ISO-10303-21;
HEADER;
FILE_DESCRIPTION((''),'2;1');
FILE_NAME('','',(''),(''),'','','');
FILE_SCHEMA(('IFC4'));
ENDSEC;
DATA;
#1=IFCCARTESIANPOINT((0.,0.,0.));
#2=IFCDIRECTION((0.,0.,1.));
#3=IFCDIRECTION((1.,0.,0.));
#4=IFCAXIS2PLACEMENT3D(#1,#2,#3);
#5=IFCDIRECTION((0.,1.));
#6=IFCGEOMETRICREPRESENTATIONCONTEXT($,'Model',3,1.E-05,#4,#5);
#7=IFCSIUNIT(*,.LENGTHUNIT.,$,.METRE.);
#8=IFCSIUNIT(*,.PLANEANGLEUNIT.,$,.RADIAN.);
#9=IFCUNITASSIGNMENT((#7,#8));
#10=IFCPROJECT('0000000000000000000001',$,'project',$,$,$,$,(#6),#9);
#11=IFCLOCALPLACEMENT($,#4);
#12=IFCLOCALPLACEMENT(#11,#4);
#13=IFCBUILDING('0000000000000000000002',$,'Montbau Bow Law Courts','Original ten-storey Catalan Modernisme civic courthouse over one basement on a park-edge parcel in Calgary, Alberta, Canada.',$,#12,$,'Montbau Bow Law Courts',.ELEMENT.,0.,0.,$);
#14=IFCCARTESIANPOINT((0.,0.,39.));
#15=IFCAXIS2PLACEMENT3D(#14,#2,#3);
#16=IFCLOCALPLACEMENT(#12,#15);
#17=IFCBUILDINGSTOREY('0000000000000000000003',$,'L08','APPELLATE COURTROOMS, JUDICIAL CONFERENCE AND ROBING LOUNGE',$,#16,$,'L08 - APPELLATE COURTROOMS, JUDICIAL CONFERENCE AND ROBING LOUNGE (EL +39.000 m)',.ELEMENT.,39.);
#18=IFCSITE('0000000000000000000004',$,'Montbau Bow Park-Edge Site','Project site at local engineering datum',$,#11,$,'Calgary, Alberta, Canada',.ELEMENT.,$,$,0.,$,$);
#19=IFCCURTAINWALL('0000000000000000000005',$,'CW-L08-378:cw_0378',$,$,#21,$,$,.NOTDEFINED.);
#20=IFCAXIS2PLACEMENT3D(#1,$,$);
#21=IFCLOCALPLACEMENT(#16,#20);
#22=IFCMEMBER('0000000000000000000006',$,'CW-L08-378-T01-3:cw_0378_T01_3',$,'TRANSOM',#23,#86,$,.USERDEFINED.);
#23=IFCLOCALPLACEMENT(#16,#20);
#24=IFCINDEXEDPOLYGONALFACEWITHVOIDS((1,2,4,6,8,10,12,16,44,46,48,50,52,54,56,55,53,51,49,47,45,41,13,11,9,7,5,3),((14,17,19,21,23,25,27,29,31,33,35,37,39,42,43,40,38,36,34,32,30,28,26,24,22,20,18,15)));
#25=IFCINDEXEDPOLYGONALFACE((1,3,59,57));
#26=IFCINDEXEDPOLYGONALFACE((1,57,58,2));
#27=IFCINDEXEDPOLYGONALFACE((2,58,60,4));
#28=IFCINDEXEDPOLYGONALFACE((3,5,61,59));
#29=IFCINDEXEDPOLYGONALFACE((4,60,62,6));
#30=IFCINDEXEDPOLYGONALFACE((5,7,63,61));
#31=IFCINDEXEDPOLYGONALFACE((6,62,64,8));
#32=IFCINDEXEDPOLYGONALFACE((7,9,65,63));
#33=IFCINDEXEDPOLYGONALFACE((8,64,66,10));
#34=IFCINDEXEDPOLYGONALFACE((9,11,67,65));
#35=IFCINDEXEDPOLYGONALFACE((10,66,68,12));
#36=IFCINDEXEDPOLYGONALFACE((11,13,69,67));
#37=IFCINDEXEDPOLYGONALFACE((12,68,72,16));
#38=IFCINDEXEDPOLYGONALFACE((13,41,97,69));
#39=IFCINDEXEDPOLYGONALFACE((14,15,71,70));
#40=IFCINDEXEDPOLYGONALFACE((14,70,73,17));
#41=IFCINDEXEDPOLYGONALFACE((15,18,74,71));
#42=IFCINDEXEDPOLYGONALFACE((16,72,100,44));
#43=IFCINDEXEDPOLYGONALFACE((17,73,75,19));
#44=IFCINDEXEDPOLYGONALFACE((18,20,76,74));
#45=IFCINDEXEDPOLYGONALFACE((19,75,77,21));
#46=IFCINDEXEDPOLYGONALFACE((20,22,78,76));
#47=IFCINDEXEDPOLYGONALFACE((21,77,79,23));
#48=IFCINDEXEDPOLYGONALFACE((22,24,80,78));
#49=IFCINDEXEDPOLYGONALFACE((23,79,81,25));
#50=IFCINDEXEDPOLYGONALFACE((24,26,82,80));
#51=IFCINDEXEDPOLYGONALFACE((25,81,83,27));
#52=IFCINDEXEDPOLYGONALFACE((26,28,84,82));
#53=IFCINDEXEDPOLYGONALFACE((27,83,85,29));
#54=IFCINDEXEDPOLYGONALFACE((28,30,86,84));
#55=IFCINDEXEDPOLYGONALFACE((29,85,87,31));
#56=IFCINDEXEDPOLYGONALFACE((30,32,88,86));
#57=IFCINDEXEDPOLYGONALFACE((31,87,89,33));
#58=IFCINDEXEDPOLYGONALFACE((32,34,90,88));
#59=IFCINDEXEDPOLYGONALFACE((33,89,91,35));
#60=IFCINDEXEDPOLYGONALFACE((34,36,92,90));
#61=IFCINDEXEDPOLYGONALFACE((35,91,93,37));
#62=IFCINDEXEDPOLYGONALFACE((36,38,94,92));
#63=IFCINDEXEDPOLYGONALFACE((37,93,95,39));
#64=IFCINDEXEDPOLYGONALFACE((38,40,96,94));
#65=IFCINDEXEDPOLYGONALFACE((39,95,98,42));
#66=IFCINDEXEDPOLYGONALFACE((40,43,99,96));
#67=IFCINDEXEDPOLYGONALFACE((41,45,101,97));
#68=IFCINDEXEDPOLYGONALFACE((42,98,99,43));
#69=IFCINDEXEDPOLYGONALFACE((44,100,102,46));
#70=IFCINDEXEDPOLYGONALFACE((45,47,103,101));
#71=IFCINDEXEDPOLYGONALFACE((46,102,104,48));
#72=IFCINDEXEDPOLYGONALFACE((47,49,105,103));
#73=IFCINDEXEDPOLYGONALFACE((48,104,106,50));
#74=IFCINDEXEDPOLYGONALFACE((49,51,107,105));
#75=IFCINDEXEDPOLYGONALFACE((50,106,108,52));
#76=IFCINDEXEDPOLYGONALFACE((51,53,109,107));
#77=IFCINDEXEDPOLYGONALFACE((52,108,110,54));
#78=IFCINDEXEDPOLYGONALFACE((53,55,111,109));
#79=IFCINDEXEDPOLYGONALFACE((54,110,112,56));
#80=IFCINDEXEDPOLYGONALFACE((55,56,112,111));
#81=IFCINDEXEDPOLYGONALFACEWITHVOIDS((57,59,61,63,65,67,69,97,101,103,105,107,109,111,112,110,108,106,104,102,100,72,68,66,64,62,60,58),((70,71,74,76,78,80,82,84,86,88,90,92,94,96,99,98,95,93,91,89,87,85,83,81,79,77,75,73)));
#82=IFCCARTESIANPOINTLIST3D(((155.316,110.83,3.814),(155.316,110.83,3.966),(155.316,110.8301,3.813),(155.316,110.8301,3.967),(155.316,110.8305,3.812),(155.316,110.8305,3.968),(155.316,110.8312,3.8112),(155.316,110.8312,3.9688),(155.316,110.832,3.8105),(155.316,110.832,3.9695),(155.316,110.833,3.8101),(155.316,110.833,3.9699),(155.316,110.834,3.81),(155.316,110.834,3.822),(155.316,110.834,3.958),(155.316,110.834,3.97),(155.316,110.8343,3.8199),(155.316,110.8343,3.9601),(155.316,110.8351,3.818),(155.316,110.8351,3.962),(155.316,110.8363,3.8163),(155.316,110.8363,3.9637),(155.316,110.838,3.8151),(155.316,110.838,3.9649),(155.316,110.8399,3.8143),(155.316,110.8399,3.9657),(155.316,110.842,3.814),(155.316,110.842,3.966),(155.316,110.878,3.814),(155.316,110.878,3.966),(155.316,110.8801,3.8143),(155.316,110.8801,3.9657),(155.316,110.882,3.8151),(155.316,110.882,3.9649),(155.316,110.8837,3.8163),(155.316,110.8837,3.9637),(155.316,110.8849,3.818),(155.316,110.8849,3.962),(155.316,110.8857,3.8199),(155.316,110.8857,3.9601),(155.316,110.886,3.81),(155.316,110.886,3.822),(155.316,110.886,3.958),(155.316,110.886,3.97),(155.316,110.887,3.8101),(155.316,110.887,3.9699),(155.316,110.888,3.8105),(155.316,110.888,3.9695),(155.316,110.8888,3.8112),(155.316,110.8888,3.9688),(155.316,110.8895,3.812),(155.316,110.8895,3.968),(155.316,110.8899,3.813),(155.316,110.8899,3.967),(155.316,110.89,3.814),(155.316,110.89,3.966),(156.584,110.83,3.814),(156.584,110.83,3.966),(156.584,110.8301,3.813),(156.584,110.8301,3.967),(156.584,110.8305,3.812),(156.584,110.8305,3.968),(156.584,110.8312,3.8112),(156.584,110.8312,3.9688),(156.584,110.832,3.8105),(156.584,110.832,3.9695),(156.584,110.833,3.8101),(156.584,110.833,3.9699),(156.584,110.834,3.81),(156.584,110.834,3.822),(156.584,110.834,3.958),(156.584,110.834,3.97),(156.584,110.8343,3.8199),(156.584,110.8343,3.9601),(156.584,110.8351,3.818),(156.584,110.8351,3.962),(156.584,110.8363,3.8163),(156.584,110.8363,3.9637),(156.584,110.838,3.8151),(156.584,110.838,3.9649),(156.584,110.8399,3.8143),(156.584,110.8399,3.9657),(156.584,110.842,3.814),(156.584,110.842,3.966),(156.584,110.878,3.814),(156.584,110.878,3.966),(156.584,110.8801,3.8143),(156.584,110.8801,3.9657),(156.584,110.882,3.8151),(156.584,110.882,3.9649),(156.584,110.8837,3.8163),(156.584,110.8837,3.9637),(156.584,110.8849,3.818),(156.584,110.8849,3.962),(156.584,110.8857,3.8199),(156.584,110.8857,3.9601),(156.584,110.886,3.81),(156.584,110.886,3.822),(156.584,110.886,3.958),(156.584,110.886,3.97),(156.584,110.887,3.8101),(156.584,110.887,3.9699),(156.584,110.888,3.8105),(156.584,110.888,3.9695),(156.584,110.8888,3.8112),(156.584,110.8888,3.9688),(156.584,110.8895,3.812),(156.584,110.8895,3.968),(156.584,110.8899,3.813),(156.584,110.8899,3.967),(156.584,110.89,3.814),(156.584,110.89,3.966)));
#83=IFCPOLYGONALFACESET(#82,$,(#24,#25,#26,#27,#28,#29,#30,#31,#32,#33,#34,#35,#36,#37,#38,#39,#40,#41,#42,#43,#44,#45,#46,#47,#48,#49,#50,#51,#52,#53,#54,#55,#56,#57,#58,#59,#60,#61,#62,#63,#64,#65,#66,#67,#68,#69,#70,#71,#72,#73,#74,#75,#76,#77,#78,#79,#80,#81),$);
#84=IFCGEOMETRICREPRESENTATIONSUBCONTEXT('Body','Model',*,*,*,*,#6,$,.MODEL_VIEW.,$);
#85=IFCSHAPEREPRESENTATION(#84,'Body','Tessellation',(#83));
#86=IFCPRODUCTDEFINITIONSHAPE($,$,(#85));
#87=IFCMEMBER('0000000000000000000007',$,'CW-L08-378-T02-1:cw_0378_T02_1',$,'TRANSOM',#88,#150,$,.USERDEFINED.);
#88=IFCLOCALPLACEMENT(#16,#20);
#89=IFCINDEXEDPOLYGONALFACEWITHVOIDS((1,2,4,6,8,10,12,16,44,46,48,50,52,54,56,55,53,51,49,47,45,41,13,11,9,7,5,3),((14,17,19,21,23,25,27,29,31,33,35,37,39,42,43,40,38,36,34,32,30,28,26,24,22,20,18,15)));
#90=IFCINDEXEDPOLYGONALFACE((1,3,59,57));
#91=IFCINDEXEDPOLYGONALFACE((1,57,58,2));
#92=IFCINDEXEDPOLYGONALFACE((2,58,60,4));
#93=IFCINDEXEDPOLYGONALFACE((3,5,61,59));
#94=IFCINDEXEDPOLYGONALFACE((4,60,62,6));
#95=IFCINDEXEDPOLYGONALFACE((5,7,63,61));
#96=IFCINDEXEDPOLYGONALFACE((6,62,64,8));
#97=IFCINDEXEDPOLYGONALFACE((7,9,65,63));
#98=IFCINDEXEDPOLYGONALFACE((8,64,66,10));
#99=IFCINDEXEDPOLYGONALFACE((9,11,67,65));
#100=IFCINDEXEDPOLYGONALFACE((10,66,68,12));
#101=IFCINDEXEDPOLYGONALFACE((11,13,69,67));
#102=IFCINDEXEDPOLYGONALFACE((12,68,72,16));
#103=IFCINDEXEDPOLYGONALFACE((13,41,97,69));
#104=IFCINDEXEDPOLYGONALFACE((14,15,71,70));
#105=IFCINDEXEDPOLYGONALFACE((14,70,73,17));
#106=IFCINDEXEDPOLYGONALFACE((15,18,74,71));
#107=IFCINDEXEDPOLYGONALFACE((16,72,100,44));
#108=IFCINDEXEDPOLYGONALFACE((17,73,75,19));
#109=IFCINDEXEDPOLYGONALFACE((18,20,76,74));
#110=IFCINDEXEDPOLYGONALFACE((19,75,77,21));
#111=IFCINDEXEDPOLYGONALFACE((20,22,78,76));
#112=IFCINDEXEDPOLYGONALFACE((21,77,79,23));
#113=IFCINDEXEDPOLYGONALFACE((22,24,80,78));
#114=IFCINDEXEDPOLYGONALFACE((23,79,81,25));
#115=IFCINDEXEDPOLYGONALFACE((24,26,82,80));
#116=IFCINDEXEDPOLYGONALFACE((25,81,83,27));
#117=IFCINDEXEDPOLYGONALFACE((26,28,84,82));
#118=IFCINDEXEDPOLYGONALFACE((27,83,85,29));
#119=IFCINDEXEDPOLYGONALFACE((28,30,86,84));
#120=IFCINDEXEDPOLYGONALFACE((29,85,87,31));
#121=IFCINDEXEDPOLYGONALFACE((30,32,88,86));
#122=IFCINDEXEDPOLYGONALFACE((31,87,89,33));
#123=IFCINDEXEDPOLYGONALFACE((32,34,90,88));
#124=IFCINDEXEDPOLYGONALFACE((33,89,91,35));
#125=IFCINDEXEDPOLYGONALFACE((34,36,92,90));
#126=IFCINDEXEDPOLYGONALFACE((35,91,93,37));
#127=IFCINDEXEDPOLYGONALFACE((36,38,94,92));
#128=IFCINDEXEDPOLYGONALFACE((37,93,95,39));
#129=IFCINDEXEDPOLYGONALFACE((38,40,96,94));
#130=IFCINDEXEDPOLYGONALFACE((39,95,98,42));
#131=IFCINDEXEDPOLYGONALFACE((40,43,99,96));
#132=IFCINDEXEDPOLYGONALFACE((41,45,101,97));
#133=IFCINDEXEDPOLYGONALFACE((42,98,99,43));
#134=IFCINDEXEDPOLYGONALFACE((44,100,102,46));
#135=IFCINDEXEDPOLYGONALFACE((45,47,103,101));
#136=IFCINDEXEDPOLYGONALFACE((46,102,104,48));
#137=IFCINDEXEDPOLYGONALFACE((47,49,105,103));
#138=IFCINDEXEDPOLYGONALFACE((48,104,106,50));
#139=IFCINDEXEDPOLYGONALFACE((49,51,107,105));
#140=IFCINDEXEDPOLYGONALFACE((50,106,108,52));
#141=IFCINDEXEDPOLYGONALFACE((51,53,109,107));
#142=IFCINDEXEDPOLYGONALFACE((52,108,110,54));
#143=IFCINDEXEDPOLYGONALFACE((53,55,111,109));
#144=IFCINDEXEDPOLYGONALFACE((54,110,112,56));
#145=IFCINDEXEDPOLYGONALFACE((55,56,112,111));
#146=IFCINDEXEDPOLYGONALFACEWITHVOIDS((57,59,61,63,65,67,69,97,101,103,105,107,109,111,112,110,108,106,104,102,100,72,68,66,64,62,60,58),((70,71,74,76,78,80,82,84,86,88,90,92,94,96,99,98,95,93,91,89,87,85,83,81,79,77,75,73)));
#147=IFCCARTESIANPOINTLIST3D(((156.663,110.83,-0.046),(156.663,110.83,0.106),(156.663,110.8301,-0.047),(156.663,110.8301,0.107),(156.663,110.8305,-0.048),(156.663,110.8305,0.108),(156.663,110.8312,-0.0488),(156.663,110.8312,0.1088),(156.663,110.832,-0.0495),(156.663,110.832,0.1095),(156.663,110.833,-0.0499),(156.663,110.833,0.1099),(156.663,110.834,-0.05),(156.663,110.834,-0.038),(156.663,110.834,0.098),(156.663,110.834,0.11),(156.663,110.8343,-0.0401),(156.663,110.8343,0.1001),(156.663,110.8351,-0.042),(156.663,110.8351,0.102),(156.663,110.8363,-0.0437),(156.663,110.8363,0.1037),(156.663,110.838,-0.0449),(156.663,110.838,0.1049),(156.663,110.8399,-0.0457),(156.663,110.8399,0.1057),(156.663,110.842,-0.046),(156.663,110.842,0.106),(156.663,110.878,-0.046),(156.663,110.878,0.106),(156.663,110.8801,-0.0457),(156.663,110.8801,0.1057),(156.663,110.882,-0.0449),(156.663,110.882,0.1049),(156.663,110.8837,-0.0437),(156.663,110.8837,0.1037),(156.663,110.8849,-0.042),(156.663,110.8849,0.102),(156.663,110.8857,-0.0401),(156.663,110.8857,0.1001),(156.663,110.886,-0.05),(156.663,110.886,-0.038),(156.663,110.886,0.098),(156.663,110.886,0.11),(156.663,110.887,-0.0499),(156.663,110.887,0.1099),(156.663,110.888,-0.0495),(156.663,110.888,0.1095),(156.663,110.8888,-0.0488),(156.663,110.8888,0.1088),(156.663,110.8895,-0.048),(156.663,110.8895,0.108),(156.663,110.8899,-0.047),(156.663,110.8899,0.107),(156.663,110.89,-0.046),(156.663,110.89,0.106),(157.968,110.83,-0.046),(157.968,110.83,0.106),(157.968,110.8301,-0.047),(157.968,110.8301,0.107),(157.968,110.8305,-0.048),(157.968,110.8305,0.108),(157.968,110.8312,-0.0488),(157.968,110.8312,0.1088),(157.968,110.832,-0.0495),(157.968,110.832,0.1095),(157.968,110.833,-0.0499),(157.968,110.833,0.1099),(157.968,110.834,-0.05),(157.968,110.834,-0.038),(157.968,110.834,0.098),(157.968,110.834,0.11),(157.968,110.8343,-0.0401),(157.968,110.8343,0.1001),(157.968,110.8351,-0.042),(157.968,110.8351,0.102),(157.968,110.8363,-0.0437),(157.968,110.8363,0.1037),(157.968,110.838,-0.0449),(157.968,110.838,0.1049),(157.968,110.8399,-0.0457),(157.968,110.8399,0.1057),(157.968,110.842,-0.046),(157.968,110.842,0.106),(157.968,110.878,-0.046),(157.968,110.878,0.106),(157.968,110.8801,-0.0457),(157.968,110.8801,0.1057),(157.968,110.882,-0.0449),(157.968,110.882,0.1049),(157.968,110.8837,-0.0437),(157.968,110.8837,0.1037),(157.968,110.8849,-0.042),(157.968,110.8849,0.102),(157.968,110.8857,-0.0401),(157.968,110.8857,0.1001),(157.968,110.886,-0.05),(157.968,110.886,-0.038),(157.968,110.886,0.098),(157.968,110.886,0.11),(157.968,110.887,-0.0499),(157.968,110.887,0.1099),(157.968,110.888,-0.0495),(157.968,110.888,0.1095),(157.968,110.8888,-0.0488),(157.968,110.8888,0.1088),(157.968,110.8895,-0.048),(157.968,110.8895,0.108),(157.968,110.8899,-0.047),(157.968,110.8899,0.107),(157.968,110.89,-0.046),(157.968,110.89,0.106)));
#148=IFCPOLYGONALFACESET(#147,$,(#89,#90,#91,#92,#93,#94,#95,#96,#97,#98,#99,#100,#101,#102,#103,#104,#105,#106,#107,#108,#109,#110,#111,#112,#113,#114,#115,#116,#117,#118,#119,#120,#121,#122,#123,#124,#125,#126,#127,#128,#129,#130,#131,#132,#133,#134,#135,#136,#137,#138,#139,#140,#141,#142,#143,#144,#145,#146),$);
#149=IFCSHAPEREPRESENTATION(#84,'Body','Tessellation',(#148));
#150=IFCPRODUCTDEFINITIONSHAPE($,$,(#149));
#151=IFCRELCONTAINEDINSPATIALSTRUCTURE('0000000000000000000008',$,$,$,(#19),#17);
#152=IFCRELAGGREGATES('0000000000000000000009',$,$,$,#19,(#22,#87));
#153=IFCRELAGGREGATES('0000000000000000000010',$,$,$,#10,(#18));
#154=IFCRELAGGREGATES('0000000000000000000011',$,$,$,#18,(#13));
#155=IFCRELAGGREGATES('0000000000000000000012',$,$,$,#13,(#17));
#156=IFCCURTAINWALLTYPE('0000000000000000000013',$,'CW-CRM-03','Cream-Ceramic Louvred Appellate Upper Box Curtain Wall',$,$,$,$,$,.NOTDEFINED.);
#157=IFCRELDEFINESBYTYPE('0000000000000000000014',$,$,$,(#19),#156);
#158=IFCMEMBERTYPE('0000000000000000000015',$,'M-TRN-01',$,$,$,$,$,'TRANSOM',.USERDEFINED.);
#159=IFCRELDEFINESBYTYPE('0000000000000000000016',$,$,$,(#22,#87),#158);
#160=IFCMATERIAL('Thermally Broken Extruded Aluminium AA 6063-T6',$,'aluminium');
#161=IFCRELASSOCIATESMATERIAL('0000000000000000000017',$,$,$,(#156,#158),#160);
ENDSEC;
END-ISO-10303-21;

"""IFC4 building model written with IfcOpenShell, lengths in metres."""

from ifc_helpers import new_model, si_unit, direction, frame, origin_with_axes, origin_2d_with_axis, place, context, subcontext, project, spatial, hollow_rectangle, extrude, material, material_profile, profile_set, type_object, element, aggregate, save


model = new_model("IFC4")

# Units and contexts
model_context = context("Model", 3, precision=1e-05, world=origin_with_axes(), true_north=direction((0.0, 1.0)))
body_context = subcontext(model_context, "Body", "Model", "MODEL_VIEW")
ifc_project = project(units=[si_unit("LENGTHUNIT", "METRE"), si_unit("PLANEANGLEUNIT", "RADIAN")], contexts=[model_context])

# Site, building, storey
site_placement = place(None, origin_with_axes())
site = spatial("IfcSite", under=ifc_project, at=site_placement, Name="Montbau Bow Park-Edge Site", Description="Project site at local engineering datum", LongName="Calgary, Alberta, Canada", CompositionType="ELEMENT", RefElevation=0.0)
building_placement = place(site_placement, origin_with_axes())
building = spatial("IfcBuilding", under=site, at=building_placement, Name="Montbau Bow Law Courts", Description="Original ten-storey Catalan Modernisme civic courthouse over one basement on a park-edge parcel in Calgary, Alberta, Canada.", LongName="Montbau Bow Law Courts", CompositionType="ELEMENT", ElevationOfRefHeight=0.0, ElevationOfTerrain=0.0)
storey_placement = place(building_placement, frame((0.0, 0.0, 39.0), z_axis=(0.0, 0.0, 1.0), x_axis=(1.0, 0.0, 0.0)))
storey = spatial("IfcBuildingStorey", under=building, at=storey_placement, Name="L08", Description="APPELLATE COURTROOMS, JUDICIAL CONFERENCE AND ROBING LOUNGE", LongName="L08 - APPELLATE COURTROOMS, JUDICIAL CONFERENCE AND ROBING LOUNGE (EL +39.000 m)", CompositionType="ELEMENT", Elevation=39.0)

# Curtain wall
ifc_material_1 = material(Name="Thermally Broken Extruded Aluminium AA 6063-T6", Category="aluminium")
curtain_wall_type = type_object("IfcCurtainWallType", Name="CW-CRM-03", Description="Cream-Ceramic Louvred Appellate Upper Box Curtain Wall", PredefinedType="NOTDEFINED", material=ifc_material_1)
curtain_wall_1_placement = place(None, frame((155.24, 110.86, 39.0), z_axis=(0.0, 0.0, 1.0), x_axis=(1.0, 0.0, 0.0)))
curtain_wall_1 = element("IfcCurtainWall", 1, at=curtain_wall_1_placement, inside=storey, type_object=curtain_wall_type, Name="CW-L08-378:cw_0378", PredefinedType="NOTDEFINED")

# Members
ifc_material_profile_1 = material_profile(ifc_material_1, hollow_rectangle(XDim=0.06, YDim=0.16, WallThickness=0.004, InnerFilletRadius=0.008, OuterFilletRadius=0.004, at=origin_2d_with_axis()), Name="CWT-160X60", Category="Main", Priority=0)
ifc_profile_set_1 = profile_set([ifc_material_profile_1], Name="Thermally Broken Extruded Aluminium AA 6063-T6")
member_type_1 = type_object("IfcMemberType", Name="M-TRN-01", ElementType="TRANSOM", PredefinedType="USERDEFINED", material=ifc_profile_set_1)
member_1_placement = place(None, frame((155.316, 110.86, 42.89), z_axis=(1.0, 0.0, 0.0), x_axis=(0.0, 1.0, 0.0)))
member_1 = element("IfcMember", 2, at=member_1_placement, type_object=member_type_1, Name="CW-L08-378-T01-3:cw_0378_T01_3", ObjectType="TRANSOM", PredefinedType="USERDEFINED", context=body_context, shape_type="SweptSolid", body=[
    extrude(hollow_rectangle(XDim=0.06, YDim=0.16, WallThickness=0.004, InnerFilletRadius=0.008, OuterFilletRadius=0.004, at=origin_2d_with_axis()), origin_with_axes(), (0.0, 0.0, 1.0), 1.268),
])
member_2_placement = place(None, frame((156.663, 110.86, 39.03), z_axis=(1.0, 0.0, 0.0), x_axis=(0.0, 1.0, 0.0)))
member_2 = element("IfcMember", 3, at=member_2_placement, type_object=member_type_1, Name="CW-L08-378-T02-1:cw_0378_T02_1", ObjectType="TRANSOM", PredefinedType="USERDEFINED", context=body_context, shape_type="SweptSolid", body=[
    extrude(hollow_rectangle(XDim=0.06, YDim=0.16, WallThickness=0.004, InnerFilletRadius=0.008, OuterFilletRadius=0.004, at=origin_2d_with_axis()), origin_with_axes(), (0.0, 0.0, 1.0), 1.305),
])

aggregate(curtain_wall_1, [member_1, member_2])

save(model, "model.ifc")
